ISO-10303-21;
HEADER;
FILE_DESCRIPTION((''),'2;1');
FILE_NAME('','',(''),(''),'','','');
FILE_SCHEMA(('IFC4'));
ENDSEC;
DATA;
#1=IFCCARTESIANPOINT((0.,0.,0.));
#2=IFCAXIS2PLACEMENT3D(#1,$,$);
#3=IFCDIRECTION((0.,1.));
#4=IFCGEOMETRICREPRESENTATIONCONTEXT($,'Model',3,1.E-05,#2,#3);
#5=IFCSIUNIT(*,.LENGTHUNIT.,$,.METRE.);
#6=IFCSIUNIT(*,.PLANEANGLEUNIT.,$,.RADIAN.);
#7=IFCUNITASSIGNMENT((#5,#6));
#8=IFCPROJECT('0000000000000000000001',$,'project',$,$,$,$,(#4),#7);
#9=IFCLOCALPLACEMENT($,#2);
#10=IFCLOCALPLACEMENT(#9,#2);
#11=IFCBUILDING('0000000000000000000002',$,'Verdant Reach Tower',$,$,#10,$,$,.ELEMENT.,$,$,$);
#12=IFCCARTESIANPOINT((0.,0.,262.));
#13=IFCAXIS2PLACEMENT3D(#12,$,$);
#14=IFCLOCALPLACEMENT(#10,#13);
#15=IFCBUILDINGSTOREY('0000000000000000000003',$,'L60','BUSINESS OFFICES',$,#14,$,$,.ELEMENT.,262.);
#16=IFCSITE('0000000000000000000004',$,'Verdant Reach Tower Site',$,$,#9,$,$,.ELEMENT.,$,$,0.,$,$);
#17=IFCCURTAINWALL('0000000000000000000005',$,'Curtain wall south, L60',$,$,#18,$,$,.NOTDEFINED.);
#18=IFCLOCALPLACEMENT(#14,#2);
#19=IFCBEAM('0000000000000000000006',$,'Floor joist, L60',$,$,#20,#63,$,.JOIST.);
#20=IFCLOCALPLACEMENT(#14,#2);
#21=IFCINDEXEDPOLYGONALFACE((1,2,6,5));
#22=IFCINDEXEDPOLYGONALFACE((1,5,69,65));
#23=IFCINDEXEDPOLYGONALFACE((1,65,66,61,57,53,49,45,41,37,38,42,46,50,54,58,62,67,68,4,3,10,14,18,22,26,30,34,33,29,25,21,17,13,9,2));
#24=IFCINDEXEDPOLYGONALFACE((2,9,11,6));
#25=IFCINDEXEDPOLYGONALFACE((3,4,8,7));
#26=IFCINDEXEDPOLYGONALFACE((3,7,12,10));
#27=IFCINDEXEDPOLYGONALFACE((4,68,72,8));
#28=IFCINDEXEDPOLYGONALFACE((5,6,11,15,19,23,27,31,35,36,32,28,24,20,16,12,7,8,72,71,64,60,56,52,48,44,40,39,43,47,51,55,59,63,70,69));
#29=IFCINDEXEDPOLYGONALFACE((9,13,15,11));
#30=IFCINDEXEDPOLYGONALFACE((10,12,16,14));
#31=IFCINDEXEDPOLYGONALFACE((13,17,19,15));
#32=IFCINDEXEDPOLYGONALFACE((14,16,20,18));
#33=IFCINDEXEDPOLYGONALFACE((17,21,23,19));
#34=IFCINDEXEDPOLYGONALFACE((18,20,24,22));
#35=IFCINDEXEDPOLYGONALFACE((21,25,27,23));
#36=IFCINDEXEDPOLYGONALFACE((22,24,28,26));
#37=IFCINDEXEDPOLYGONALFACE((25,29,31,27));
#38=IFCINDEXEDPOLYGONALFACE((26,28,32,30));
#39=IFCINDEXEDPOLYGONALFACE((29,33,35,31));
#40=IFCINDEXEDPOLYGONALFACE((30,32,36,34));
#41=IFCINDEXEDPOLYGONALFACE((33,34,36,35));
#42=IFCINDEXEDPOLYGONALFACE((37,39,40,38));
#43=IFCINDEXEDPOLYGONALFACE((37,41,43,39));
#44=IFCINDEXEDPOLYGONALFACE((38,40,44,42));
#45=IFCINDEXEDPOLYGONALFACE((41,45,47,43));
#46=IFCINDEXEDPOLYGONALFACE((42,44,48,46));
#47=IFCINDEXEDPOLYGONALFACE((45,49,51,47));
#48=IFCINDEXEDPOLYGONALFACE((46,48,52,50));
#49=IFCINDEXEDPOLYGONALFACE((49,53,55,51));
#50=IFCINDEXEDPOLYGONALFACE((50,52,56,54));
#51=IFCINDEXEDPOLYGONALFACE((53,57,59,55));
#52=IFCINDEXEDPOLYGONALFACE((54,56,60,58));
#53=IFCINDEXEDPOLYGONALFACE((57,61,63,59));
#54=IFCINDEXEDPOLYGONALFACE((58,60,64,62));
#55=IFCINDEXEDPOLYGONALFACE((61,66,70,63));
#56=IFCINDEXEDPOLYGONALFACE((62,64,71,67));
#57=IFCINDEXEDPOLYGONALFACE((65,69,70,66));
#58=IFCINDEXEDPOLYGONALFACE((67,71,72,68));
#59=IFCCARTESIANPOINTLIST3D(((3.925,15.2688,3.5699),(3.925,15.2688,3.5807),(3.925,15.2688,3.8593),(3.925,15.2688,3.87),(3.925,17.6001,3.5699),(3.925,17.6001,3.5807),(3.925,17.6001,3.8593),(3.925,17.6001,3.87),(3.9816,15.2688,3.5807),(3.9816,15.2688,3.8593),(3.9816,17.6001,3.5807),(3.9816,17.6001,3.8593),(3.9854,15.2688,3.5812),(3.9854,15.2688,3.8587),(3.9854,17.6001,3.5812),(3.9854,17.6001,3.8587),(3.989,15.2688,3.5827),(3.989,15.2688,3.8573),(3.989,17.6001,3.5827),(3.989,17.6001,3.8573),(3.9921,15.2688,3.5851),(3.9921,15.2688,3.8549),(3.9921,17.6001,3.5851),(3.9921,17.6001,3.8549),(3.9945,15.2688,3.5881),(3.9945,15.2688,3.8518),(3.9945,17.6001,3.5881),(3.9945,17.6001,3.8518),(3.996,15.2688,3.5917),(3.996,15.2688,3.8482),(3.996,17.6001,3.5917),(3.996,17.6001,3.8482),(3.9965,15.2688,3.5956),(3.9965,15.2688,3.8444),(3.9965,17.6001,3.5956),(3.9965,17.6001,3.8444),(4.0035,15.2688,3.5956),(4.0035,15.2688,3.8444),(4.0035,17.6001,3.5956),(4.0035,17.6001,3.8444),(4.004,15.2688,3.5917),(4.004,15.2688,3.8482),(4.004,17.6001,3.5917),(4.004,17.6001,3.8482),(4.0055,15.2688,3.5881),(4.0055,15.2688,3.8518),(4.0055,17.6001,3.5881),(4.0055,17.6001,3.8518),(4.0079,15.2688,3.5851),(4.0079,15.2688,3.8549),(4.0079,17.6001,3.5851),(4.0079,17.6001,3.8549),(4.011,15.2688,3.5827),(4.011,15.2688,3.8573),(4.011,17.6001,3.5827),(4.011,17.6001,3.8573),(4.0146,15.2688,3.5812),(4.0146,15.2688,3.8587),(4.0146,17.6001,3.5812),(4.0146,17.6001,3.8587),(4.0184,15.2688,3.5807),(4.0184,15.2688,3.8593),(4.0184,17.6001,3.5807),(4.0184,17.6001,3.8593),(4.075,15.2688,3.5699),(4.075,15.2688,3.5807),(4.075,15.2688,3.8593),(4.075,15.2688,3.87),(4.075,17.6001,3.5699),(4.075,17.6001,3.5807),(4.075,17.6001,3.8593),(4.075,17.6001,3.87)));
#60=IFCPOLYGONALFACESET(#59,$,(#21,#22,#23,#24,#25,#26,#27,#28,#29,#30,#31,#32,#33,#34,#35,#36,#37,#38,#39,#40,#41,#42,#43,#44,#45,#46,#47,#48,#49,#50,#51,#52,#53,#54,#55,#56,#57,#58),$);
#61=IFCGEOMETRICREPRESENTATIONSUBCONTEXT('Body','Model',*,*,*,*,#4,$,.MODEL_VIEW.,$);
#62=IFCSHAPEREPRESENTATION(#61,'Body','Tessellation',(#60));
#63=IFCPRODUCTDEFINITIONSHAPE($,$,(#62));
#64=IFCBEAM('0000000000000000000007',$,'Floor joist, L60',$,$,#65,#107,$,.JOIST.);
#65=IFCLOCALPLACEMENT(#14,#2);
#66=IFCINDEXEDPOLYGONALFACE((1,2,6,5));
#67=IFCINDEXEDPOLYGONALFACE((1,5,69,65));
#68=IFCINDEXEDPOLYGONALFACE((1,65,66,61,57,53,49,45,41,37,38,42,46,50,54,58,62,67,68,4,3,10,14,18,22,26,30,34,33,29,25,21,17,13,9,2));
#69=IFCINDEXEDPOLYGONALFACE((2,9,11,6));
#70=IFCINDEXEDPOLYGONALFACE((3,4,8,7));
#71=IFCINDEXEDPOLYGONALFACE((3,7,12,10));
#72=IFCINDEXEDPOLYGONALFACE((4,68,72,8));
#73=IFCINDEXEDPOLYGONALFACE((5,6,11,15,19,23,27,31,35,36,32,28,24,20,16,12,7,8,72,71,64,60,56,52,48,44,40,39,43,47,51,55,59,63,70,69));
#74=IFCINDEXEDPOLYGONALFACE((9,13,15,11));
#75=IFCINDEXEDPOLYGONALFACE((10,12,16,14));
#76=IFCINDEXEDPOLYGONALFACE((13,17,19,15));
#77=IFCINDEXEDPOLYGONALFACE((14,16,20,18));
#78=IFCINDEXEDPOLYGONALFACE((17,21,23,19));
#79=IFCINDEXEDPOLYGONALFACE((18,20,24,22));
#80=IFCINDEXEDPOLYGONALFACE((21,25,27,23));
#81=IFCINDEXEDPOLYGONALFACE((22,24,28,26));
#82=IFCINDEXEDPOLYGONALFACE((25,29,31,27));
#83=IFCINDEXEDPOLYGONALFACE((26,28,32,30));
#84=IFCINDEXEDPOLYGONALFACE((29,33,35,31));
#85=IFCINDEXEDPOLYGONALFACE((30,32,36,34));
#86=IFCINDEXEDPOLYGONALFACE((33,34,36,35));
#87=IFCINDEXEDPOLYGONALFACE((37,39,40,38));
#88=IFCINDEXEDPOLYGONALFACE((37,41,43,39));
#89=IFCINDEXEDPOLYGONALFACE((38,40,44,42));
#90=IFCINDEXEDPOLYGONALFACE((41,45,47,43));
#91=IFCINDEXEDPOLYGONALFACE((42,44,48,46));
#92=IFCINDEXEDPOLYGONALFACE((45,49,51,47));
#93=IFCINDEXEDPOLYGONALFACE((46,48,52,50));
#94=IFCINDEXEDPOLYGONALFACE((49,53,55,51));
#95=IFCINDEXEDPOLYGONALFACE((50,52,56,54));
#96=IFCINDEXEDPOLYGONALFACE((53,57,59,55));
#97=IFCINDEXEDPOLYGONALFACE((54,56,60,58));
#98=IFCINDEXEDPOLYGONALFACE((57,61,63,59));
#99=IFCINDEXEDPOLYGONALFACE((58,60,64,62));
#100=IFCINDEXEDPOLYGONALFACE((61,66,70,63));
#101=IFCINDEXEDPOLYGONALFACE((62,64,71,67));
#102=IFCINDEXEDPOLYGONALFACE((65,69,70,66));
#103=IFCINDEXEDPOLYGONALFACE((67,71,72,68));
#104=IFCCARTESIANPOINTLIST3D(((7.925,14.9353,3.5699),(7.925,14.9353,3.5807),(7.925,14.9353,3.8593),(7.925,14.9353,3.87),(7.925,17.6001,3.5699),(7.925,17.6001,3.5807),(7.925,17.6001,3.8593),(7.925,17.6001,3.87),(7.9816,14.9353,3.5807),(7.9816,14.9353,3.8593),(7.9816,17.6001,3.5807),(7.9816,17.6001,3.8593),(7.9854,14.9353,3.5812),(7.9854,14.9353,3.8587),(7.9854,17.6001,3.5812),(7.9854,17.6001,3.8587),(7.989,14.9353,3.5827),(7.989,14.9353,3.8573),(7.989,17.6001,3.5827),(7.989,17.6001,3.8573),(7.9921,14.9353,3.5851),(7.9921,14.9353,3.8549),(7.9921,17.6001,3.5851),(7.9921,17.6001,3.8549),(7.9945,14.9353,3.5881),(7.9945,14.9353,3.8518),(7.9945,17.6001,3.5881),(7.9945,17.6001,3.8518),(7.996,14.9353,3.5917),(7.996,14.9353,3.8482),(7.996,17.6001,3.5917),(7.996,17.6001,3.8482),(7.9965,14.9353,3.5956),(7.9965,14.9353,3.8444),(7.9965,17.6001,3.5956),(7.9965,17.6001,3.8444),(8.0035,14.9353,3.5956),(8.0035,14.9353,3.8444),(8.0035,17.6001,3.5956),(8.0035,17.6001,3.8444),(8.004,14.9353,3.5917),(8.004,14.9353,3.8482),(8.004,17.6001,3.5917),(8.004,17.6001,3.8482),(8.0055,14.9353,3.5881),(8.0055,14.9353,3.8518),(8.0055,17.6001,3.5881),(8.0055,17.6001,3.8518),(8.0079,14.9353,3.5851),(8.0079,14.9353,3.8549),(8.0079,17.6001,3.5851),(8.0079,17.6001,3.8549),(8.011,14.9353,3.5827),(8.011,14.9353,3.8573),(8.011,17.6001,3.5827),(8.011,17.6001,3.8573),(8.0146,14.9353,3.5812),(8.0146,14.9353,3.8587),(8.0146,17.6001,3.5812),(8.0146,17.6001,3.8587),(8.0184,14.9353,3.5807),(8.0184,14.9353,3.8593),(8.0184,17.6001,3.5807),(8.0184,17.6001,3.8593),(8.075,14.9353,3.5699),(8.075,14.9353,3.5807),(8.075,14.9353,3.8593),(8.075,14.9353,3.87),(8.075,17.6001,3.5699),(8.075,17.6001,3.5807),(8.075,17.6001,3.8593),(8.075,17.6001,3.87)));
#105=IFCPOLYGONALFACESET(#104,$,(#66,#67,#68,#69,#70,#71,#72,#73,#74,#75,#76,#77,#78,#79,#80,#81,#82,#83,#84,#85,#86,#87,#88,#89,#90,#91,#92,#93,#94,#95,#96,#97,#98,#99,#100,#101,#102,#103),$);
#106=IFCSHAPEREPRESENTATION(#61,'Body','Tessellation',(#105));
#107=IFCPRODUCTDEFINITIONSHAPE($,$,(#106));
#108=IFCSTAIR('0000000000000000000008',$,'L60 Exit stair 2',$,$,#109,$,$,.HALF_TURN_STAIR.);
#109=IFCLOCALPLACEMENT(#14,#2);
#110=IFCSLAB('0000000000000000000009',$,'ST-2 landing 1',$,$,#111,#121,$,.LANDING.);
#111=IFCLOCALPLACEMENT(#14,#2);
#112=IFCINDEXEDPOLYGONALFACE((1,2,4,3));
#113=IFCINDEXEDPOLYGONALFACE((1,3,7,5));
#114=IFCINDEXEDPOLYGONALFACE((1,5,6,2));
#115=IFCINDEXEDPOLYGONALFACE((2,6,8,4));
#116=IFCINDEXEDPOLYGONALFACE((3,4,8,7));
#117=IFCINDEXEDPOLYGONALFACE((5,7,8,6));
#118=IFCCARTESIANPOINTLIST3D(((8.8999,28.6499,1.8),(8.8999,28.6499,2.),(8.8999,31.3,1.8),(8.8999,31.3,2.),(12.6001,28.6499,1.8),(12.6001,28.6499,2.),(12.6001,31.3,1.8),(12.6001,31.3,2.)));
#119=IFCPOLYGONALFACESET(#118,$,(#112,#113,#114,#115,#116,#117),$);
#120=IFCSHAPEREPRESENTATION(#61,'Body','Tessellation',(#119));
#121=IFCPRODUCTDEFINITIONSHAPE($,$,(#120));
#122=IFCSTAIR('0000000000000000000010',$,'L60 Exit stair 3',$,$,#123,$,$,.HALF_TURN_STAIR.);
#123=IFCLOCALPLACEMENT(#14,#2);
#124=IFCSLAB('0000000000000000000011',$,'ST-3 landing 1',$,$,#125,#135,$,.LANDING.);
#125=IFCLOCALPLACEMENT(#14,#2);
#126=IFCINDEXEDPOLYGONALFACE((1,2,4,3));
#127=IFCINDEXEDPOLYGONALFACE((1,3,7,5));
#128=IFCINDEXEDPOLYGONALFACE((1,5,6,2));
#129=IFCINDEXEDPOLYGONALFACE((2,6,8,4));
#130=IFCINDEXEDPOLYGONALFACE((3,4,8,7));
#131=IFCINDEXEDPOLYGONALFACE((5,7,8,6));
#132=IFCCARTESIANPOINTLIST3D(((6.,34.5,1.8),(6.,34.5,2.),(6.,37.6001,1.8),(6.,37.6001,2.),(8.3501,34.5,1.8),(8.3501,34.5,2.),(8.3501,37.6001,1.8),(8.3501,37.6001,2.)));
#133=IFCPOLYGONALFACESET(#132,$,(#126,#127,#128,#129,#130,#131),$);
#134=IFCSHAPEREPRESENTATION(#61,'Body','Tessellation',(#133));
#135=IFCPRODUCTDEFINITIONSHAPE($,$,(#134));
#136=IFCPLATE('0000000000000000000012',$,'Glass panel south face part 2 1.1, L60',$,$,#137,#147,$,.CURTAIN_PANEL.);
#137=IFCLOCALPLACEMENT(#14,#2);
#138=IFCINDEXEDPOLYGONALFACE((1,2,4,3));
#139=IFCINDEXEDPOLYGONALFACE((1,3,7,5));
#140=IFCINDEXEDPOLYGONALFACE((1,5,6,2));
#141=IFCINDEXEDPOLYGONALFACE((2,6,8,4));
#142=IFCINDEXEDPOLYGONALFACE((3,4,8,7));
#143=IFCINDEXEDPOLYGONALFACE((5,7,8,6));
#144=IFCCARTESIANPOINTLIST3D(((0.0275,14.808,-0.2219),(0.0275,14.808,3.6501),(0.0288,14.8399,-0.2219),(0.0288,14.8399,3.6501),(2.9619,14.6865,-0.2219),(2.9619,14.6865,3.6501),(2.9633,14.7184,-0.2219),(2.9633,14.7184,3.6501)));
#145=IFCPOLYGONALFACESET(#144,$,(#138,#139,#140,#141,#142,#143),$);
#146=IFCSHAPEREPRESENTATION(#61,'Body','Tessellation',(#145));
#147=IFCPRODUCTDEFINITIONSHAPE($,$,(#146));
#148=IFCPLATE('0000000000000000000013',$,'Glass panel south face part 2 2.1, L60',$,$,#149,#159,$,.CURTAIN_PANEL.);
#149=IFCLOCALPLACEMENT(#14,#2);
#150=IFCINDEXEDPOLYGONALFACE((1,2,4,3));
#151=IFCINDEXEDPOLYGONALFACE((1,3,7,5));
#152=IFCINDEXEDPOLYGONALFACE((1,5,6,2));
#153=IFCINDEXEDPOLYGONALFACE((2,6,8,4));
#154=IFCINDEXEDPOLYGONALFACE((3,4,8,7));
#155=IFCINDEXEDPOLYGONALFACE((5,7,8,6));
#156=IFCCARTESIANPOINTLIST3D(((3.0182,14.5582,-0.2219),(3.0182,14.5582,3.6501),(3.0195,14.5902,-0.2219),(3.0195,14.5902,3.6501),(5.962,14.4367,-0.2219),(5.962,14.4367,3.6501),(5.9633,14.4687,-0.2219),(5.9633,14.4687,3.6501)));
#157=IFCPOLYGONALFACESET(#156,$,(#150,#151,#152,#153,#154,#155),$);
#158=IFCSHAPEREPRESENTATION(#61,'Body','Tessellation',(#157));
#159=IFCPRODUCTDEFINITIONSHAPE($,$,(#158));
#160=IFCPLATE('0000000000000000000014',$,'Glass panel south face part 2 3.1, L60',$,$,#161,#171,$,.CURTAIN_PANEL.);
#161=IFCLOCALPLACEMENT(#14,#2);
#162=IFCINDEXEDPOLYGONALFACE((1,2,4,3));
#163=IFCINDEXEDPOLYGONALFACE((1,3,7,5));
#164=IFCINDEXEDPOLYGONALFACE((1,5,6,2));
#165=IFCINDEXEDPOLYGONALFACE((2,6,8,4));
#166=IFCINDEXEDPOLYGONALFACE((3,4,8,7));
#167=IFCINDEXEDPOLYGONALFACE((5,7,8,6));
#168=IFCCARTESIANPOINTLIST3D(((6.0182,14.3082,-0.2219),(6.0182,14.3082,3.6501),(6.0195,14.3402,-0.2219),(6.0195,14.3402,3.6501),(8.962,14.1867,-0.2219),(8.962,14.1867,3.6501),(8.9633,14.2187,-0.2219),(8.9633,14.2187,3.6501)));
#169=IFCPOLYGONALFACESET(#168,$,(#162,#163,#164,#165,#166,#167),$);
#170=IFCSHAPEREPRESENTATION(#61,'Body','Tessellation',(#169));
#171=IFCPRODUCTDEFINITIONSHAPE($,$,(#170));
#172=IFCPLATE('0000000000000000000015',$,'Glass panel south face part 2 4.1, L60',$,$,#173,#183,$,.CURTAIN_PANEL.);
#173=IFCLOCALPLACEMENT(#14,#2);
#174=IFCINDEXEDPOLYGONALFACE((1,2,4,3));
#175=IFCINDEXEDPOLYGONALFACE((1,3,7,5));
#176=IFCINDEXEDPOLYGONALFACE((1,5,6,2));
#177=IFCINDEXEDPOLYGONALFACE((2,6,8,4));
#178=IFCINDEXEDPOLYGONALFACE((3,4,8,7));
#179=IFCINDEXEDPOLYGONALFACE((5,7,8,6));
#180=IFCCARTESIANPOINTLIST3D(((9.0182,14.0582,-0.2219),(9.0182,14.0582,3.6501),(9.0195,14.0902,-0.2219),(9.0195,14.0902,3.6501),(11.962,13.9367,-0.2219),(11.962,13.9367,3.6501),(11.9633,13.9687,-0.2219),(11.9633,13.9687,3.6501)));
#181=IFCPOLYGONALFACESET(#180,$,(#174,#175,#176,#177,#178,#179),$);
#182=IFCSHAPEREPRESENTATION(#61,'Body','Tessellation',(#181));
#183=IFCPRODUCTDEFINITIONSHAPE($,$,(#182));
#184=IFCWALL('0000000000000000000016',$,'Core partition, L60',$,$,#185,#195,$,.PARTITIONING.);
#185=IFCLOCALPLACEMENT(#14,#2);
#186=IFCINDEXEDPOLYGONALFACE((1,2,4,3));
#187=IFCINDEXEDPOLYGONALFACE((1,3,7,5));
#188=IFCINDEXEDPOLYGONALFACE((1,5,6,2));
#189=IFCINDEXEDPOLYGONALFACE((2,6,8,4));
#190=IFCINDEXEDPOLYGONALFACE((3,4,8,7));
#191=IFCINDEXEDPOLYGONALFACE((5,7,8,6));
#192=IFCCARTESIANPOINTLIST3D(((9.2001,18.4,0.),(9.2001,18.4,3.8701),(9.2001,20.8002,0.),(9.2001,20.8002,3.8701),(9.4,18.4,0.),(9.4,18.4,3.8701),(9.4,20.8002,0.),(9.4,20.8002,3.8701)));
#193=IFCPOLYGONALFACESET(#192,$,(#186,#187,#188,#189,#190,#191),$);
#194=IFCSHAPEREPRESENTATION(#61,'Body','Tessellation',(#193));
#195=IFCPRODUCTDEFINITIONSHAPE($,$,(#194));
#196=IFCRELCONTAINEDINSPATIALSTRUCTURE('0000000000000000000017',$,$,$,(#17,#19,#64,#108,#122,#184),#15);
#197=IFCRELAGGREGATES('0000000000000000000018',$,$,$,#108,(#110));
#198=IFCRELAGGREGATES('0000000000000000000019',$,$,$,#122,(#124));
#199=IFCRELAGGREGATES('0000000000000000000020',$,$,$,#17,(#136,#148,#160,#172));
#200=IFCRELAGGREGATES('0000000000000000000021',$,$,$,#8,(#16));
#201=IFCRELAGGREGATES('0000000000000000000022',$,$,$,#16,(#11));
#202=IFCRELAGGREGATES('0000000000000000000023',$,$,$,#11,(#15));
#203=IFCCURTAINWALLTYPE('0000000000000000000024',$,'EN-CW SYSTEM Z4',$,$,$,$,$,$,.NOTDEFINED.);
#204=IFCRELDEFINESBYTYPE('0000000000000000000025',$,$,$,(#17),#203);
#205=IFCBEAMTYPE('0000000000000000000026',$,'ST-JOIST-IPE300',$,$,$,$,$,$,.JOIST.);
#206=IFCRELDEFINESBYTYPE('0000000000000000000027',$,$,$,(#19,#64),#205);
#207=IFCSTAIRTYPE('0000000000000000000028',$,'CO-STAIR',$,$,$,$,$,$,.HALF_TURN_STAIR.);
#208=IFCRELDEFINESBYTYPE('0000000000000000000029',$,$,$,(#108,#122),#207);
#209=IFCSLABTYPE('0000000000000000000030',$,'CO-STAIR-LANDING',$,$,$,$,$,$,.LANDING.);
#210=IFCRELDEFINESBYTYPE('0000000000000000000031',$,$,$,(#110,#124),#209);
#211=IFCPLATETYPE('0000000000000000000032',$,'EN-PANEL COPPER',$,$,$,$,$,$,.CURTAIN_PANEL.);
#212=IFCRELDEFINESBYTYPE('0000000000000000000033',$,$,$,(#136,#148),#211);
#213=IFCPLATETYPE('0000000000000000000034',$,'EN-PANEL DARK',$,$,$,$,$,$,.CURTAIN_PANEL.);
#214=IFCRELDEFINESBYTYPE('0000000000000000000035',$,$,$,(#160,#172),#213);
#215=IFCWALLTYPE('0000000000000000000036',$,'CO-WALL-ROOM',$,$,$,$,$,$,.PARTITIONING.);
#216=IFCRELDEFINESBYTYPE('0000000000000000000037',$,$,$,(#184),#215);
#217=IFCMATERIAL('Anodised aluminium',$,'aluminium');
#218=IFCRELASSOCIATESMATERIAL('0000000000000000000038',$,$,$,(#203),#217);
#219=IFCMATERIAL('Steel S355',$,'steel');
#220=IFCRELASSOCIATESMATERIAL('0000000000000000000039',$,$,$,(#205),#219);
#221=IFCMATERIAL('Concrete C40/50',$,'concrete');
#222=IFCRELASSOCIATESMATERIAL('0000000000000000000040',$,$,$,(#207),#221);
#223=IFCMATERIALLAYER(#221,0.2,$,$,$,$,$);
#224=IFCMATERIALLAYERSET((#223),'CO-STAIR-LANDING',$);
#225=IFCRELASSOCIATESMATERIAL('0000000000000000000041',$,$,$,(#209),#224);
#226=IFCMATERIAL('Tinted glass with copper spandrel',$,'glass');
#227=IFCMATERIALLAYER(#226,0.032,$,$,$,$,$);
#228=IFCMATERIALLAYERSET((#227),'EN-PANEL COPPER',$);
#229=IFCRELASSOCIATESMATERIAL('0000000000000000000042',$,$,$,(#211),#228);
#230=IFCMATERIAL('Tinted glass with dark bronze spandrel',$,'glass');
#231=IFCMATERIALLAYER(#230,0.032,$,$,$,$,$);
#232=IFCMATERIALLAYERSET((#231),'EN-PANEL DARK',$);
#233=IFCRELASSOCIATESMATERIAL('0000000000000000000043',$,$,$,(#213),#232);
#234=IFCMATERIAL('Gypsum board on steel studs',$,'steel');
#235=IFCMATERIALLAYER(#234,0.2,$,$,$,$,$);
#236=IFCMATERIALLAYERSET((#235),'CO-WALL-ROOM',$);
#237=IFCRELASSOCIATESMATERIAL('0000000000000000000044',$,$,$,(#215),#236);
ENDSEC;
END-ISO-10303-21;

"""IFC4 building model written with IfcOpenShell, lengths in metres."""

from ifc_helpers import new_model, si_unit, direction, frame, frame_2d, origin, origin_2d, place, context, subcontext, project, spatial, polyline, rectangle, i_section, outline, extrude, material, layer, layer_set, material_profile, profile_set, type_object, element, aggregate, save


model = new_model("IFC4")

# Units and contexts
model_context = context("Model", 3, precision=1e-05, world=origin(), true_north=direction((0.0, 1.0)))
body_context = subcontext(model_context, "Body", "Model", "MODEL_VIEW")
ifc_project = project(units=[si_unit("LENGTHUNIT", "METRE"), si_unit("PLANEANGLEUNIT", "RADIAN")], contexts=[model_context])

# Site, building, storey
site_placement = place(None, origin())
site = spatial("IfcSite", under=ifc_project, at=site_placement, Name="Verdant Reach Tower Site", CompositionType="ELEMENT", RefElevation=0.0)
building_placement = place(site_placement, origin())
building = spatial("IfcBuilding", under=site, at=building_placement, Name="Verdant Reach Tower", CompositionType="ELEMENT")
storey_placement = place(building_placement, frame((0.0, 0.0, 262.0)))
storey = spatial("IfcBuildingStorey", under=building, at=storey_placement, Name="L60", Description="BUSINESS OFFICES", CompositionType="ELEMENT", Elevation=262.0)

# Curtain wall
ifc_material_1 = material(Name="Anodised aluminium", Category="aluminium")
curtain_wall_type = type_object("IfcCurtainWallType", Name="EN-CW SYSTEM Z4", PredefinedType="NOTDEFINED", material=ifc_material_1)
curtain_wall_placement = place(storey_placement, origin())
curtain_wall = element("IfcCurtainWall", 1, at=curtain_wall_placement, inside=storey, type_object=curtain_wall_type, Name="Curtain wall south, L60", PredefinedType="NOTDEFINED")

# Beams
ifc_material_2 = material(Name="Steel S355", Category="steel")
ifc_material_profile_1 = material_profile(ifc_material_2, i_section(OverallWidth=0.1499, OverallDepth=0.3, WebThickness=0.0071, FlangeThickness=0.0107, FilletRadius=0.0149, at=origin_2d()), Name="IPE 300")
ifc_profile_set_1 = profile_set([ifc_material_profile_1], Name="Steel S355")
beam_type = type_object("IfcBeamType", Name="ST-JOIST-IPE300", PredefinedType="JOIST", material=ifc_profile_set_1)
beam_1_placement = place(storey_placement, frame((4.0, 17.6001, 3.72), z_axis=(0.0, -1.0, 0.0), x_axis=(1.0, 0.0, 0.0)))
element("IfcBeam", 2, at=beam_1_placement, inside=storey, type_object=beam_type, Name="Floor joist, L60", PredefinedType="JOIST", context=body_context, shape_type="SweptSolid", body=[
    extrude(i_section(OverallWidth=0.1499, OverallDepth=0.3, WebThickness=0.0071, FlangeThickness=0.0107, FilletRadius=0.0149, at=origin_2d()), origin(), (0.0, 0.0, 1.0), 2.3313),
])
beam_2_placement = place(storey_placement, frame((8.0, 17.6001, 3.72), z_axis=(0.0, -1.0, 0.0), x_axis=(1.0, 0.0, 0.0)))
element("IfcBeam", 3, at=beam_2_placement, inside=storey, type_object=beam_type, Name="Floor joist, L60", PredefinedType="JOIST", context=body_context, shape_type="SweptSolid", body=[
    extrude(i_section(OverallWidth=0.1499, OverallDepth=0.3, WebThickness=0.0071, FlangeThickness=0.0107, FilletRadius=0.0149, at=origin_2d()), origin(), (0.0, 0.0, 1.0), 2.6648),
])

# Stairs, slabs
ifc_material_3 = material(Name="Concrete C40/50", Category="concrete")
stair_type = type_object("IfcStairType", Name="CO-STAIR", PredefinedType="HALF_TURN_STAIR", material=ifc_material_3)
stair_1_placement = place(storey_placement, origin())
stair_1 = element("IfcStair", 4, at=stair_1_placement, inside=storey, type_object=stair_type, Name="L60 Exit stair 2", PredefinedType="HALF_TURN_STAIR")
ifc_layer_1 = layer(ifc_material_3, 0.2)
ifc_layer_set_1 = layer_set([ifc_layer_1], Name="CO-STAIR-LANDING")
slab_type = type_object("IfcSlabType", Name="CO-STAIR-LANDING", PredefinedType="LANDING", material=ifc_layer_set_1)
slab_1_placement = place(storey_placement, frame((0.0, 0.0, 1.8)))
slab_1 = element("IfcSlab", 5, at=slab_1_placement, type_object=slab_type, Name="ST-2 landing 1", PredefinedType="LANDING", context=body_context, shape_type="SweptSolid", body=[
    extrude(outline(polyline([(12.6001, 28.6499), (12.6001, 31.3), (8.8999, 31.3), (8.8999, 28.6499), (12.6001, 28.6499)])), origin(), (0.0, 0.0, 1.0), 0.2),
])
aggregate(stair_1, [slab_1])
stair_2_placement = place(storey_placement, origin())
stair_2 = element("IfcStair", 6, at=stair_2_placement, inside=storey, type_object=stair_type, Name="L60 Exit stair 3", PredefinedType="HALF_TURN_STAIR")
slab_2_placement = place(storey_placement, frame((0.0, 0.0, 1.8)))
slab_2 = element("IfcSlab", 7, at=slab_2_placement, type_object=slab_type, Name="ST-3 landing 1", PredefinedType="LANDING", context=body_context, shape_type="SweptSolid", body=[
    extrude(outline(polyline([(8.3501, 37.6001), (6.0, 37.6001), (6.0, 34.5), (8.3501, 34.5), (8.3501, 37.6001)])), origin(), (0.0, 0.0, 1.0), 0.2),
])
aggregate(stair_2, [slab_2])

# Plates
ifc_material_4 = material(Name="Tinted glass with copper spandrel", Category="glass")
ifc_layer_2 = layer(ifc_material_4, 0.032)
ifc_layer_set_2 = layer_set([ifc_layer_2], Name="EN-PANEL COPPER")
plate_type_1 = type_object("IfcPlateType", Name="EN-PANEL COPPER", PredefinedType="CURTAIN_PANEL", material=ifc_layer_set_2)
plate_1_placement = place(storey_placement, frame((1.4954, 14.7632, -0.2219), z_axis=(0.0, 0.0, 1.0), x_axis=(0.999144, -0.04137, 0.0)))
plate_1 = element("IfcPlate", 8, at=plate_1_placement, type_object=plate_type_1, Name="Glass panel south face part 2 1.1, L60", PredefinedType="CURTAIN_PANEL", context=body_context, shape_type="SweptSolid", body=[
    extrude(rectangle(XDim=2.937, YDim=0.032, at=origin_2d()), origin(), (0.0, 0.0, 1.0), 3.8721),
])
plate_2_placement = place(storey_placement, frame((4.4907, 14.5134, -0.2219), z_axis=(0.0, 0.0, 1.0), x_axis=(0.999149, -0.041242, 0.0)))
plate_2 = element("IfcPlate", 9, at=plate_2_placement, type_object=plate_type_1, Name="Glass panel south face part 2 2.1, L60", PredefinedType="CURTAIN_PANEL", context=body_context, shape_type="SweptSolid", body=[
    extrude(rectangle(XDim=2.9463, YDim=0.032, at=origin_2d()), origin(), (0.0, 0.0, 1.0), 3.8721),
])
ifc_material_5 = material(Name="Tinted glass with dark bronze spandrel", Category="glass")
ifc_layer_3 = layer(ifc_material_5, 0.032)
ifc_layer_set_3 = layer_set([ifc_layer_3], Name="EN-PANEL DARK")
plate_type_2 = type_object("IfcPlateType", Name="EN-PANEL DARK", PredefinedType="CURTAIN_PANEL", material=ifc_layer_set_3)
plate_3_placement = place(storey_placement, frame((7.4907, 14.2634, -0.2219), z_axis=(0.0, 0.0, 1.0), x_axis=(0.999149, -0.041242, 0.0)))
plate_3 = element("IfcPlate", 10, at=plate_3_placement, type_object=plate_type_2, Name="Glass panel south face part 2 3.1, L60", PredefinedType="CURTAIN_PANEL", context=body_context, shape_type="SweptSolid", body=[
    extrude(rectangle(XDim=2.9463, YDim=0.032, at=origin_2d()), origin(), (0.0, 0.0, 1.0), 3.8721),
])
plate_4_placement = place(storey_placement, frame((10.4907, 14.0134, -0.2219), z_axis=(0.0, 0.0, 1.0), x_axis=(0.999149, -0.041242, 0.0)))
plate_4 = element("IfcPlate", 11, at=plate_4_placement, type_object=plate_type_2, Name="Glass panel south face part 2 4.1, L60", PredefinedType="CURTAIN_PANEL", context=body_context, shape_type="SweptSolid", body=[
    extrude(rectangle(XDim=2.9463, YDim=0.032, at=origin_2d()), origin(), (0.0, 0.0, 1.0), 3.8721),
])
aggregate(curtain_wall, [plate_1, plate_2, plate_3, plate_4])

# Wall
ifc_material_6 = material(Name="Gypsum board on steel studs", Category="steel")
ifc_layer_4 = layer(ifc_material_6, 0.2)
ifc_layer_set_4 = layer_set([ifc_layer_4], Name="CO-WALL-ROOM")
wall_type_1 = type_object("IfcWallType", Name="CO-WALL-ROOM", PredefinedType="PARTITIONING", material=ifc_layer_set_4)
wall_1_placement = place(storey_placement, frame((9.3, 18.3999, 0.0), z_axis=(0.0, 0.0, 1.0), x_axis=(0.0, 1.0, 0.0)))
element("IfcWall", 12, at=wall_1_placement, inside=storey, type_object=wall_type_1, Name="Core partition, L60", PredefinedType="PARTITIONING", context=body_context, shape_type="SweptSolid", body=[
    extrude(rectangle(XDim=2.4001, YDim=0.2, at=frame_2d((1.2002, 0.0))), origin(), (0.0, 0.0, 1.0), 3.8701),
])

save(model, "model.ifc")
